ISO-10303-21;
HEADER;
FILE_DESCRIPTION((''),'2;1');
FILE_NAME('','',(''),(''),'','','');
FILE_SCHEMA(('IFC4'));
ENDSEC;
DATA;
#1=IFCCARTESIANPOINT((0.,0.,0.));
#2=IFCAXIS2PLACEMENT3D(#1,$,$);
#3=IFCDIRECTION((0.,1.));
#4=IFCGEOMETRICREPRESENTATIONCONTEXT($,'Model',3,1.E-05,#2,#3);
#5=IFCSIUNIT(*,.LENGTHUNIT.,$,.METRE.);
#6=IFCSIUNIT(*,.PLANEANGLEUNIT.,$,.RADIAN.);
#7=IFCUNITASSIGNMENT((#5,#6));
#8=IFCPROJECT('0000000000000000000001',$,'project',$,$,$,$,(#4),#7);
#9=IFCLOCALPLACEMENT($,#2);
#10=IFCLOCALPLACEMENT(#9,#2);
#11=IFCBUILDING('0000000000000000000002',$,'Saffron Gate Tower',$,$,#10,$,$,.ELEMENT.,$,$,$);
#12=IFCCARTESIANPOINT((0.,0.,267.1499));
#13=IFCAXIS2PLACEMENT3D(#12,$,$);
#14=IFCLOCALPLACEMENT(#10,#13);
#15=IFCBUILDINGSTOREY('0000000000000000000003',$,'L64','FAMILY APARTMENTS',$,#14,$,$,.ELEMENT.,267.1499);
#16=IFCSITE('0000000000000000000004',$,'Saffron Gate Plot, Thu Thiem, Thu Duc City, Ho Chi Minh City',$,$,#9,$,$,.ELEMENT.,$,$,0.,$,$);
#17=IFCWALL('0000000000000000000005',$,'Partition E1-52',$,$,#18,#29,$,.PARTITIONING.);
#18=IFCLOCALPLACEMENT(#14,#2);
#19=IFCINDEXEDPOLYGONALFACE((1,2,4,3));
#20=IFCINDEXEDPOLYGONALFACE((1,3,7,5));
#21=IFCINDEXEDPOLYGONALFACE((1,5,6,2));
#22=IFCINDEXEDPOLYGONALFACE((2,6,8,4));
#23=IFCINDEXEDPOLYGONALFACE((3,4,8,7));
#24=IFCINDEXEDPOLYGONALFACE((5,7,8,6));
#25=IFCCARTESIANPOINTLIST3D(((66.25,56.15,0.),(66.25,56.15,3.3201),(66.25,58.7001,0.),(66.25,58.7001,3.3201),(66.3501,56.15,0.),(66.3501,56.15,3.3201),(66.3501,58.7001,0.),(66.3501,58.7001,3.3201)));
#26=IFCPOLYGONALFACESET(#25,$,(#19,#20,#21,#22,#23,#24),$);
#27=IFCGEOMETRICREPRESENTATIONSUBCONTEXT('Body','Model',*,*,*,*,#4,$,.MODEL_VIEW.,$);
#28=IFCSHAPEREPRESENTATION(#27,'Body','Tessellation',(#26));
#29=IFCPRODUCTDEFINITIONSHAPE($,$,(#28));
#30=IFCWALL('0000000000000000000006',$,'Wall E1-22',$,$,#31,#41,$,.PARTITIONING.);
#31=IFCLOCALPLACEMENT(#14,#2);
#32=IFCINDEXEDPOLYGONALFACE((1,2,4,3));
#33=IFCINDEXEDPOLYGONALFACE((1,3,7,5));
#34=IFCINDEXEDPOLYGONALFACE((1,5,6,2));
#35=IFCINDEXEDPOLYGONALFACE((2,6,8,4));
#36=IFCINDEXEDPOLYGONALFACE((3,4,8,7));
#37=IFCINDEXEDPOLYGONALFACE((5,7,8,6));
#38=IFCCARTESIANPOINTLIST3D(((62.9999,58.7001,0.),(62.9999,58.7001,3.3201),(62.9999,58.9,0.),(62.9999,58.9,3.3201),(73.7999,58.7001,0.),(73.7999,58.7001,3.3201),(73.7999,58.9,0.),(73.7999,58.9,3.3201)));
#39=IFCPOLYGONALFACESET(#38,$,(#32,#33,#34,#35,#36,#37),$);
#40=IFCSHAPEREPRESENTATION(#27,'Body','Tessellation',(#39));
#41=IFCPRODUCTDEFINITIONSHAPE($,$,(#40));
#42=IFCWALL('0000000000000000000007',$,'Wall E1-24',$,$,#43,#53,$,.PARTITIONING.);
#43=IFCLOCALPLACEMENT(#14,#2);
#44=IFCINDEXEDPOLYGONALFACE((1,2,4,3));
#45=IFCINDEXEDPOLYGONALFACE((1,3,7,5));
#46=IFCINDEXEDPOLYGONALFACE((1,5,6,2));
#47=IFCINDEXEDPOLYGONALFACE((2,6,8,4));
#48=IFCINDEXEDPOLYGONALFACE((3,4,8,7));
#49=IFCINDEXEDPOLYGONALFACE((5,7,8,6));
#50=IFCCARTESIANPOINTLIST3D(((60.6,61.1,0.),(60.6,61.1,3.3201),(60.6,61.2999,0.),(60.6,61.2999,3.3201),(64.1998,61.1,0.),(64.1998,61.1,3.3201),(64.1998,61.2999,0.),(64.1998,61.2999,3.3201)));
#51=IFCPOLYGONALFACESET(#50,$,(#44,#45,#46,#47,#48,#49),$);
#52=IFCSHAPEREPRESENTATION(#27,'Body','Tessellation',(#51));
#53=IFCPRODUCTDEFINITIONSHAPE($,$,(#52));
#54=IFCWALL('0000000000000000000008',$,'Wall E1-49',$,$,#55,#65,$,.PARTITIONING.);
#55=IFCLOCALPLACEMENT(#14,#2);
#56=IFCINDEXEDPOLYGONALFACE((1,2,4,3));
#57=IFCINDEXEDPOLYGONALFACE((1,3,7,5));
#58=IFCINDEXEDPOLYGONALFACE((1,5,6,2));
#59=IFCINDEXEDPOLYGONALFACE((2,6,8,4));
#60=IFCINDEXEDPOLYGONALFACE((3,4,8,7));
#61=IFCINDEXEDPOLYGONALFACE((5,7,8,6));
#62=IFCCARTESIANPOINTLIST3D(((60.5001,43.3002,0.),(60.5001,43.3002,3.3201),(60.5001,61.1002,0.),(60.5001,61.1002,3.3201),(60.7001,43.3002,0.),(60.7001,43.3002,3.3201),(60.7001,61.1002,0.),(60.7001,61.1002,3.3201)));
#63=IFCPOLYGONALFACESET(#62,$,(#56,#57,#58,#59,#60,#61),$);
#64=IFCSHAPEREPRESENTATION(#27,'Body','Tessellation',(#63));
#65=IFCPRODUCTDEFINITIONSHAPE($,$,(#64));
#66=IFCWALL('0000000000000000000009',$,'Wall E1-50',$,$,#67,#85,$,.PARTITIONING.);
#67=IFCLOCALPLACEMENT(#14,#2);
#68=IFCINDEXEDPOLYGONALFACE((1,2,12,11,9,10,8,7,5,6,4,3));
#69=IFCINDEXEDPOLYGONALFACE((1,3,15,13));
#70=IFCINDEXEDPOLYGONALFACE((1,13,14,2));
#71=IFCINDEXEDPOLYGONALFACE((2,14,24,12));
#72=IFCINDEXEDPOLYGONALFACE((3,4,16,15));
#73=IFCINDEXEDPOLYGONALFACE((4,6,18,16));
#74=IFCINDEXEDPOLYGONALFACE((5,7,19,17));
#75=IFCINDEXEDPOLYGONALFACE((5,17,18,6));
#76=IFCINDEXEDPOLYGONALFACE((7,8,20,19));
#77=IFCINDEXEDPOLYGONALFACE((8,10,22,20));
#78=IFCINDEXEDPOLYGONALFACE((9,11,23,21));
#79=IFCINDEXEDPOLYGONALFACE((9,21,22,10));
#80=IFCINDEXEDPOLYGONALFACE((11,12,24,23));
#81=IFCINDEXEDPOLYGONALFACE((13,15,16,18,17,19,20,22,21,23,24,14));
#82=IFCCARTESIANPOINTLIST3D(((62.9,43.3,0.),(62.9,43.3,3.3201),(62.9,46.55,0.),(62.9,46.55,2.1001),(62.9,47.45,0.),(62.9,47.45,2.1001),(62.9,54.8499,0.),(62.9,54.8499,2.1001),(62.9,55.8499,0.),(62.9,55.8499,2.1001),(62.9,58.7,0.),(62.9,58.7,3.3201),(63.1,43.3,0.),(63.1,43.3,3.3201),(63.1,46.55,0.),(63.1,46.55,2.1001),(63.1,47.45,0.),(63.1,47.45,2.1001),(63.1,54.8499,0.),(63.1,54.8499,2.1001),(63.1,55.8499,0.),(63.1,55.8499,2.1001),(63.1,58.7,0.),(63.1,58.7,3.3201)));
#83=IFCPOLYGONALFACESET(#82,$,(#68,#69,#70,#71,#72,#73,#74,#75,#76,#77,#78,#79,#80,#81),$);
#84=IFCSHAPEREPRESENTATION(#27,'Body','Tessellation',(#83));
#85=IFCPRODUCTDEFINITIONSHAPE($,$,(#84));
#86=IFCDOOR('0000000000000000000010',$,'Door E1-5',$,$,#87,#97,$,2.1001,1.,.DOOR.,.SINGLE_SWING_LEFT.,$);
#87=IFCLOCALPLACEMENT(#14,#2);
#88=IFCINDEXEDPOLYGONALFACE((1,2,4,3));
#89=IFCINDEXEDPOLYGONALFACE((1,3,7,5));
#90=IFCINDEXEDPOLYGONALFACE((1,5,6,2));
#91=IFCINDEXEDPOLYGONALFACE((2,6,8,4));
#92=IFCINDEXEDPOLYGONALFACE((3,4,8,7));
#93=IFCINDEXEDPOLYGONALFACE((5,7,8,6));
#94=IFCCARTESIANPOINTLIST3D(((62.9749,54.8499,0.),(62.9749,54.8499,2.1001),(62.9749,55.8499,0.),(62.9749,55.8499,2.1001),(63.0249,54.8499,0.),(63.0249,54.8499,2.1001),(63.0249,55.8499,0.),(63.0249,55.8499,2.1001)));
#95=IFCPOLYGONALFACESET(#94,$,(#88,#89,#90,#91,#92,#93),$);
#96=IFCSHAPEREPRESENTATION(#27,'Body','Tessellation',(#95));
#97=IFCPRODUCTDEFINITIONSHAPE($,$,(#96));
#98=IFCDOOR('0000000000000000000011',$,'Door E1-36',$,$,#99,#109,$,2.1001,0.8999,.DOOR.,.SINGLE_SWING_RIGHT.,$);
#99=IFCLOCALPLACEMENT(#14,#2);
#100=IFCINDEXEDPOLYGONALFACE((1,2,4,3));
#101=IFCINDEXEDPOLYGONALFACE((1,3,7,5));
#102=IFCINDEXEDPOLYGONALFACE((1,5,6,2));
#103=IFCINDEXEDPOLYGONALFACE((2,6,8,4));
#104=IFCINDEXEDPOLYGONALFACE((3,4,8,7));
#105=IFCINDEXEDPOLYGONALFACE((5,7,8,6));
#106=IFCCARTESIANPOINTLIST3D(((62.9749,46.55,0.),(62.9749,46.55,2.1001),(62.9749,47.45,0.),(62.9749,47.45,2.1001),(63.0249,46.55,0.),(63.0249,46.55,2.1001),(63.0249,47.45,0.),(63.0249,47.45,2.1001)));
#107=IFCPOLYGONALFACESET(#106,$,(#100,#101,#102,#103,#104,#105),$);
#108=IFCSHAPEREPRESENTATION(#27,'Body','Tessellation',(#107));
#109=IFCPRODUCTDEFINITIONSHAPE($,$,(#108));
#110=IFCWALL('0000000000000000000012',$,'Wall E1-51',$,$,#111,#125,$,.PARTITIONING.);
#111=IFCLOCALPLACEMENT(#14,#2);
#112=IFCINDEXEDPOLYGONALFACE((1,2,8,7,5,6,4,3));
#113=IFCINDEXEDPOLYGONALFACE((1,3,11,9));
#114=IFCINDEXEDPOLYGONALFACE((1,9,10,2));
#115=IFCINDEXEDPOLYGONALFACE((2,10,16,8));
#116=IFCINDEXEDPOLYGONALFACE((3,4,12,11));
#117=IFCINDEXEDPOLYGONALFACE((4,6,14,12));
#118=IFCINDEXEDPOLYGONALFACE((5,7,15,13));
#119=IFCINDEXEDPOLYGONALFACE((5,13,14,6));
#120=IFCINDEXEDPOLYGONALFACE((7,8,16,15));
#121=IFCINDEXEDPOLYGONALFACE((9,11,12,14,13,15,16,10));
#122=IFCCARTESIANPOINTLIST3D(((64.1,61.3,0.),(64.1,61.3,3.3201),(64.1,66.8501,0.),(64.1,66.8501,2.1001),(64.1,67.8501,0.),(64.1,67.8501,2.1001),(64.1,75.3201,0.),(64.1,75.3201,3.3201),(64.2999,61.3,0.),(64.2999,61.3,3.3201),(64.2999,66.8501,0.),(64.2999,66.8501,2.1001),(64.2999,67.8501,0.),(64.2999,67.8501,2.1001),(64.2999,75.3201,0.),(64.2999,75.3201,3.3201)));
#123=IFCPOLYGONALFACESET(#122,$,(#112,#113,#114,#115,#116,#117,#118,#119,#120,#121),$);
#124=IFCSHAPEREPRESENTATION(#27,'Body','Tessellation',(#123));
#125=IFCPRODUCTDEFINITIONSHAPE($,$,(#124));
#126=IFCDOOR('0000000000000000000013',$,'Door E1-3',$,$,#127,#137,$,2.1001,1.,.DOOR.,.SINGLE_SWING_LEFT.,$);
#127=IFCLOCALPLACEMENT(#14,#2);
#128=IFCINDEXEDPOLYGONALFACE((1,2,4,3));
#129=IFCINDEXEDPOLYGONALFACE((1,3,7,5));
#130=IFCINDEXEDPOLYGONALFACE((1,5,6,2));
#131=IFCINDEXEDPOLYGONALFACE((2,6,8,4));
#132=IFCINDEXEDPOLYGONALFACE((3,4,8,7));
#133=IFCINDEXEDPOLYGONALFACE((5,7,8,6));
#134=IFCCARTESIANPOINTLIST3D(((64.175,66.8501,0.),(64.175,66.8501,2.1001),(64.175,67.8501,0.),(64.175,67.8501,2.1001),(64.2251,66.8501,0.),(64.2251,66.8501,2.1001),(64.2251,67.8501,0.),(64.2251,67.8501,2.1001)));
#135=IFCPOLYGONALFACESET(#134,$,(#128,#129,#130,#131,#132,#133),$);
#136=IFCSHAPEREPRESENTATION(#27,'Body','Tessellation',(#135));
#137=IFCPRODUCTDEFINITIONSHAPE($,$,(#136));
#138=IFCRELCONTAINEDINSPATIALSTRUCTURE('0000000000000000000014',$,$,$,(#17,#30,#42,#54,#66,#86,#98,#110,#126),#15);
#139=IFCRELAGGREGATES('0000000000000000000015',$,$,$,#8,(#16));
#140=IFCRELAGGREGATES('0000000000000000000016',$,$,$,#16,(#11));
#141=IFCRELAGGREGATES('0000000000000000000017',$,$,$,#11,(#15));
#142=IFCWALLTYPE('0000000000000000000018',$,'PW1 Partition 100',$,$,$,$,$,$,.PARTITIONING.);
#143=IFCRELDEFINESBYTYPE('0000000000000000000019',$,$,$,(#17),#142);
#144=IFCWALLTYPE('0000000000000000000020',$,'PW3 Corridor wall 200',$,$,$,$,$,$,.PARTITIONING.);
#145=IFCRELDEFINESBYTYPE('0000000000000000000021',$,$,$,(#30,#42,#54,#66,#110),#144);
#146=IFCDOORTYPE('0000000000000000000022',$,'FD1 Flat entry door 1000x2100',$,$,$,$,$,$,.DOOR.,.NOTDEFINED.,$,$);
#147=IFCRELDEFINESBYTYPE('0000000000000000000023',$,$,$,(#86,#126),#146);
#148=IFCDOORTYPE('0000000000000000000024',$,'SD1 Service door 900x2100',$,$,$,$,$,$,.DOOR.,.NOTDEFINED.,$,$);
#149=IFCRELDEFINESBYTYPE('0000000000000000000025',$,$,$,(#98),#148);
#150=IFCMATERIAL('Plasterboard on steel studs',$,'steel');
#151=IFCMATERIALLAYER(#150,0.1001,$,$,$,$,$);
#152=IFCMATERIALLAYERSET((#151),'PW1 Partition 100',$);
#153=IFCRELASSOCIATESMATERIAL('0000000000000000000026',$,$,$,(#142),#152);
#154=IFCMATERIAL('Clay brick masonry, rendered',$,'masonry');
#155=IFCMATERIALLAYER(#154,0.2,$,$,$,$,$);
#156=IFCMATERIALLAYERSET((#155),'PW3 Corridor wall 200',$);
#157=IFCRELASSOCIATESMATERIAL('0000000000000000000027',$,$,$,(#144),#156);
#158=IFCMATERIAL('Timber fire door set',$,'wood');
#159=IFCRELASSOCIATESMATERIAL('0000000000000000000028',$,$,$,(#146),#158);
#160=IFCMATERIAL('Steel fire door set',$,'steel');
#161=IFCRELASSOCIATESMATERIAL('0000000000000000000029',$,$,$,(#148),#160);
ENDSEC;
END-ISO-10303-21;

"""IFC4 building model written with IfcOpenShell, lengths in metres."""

from ifc_helpers import new_model, si_unit, direction, frame, frame_2d, origin, place, context, subcontext, project, spatial, rectangle, extrude, material, layer, layer_set, type_object, element, fill, save


model = new_model("IFC4")

# Units and contexts
model_context = context("Model", 3, precision=1e-05, world=origin(), true_north=direction((0.0, 1.0)))
body_context = subcontext(model_context, "Body", "Model", "MODEL_VIEW")
ifc_project = project(units=[si_unit("LENGTHUNIT", "METRE"), si_unit("PLANEANGLEUNIT", "RADIAN")], contexts=[model_context])

# Site, building, storey
site_placement = place(None, origin())
site = spatial("IfcSite", under=ifc_project, at=site_placement, Name="Saffron Gate Plot, Thu Thiem, Thu Duc City, Ho Chi Minh City", CompositionType="ELEMENT", RefElevation=0.0)
building_placement = place(site_placement, origin())
building = spatial("IfcBuilding", under=site, at=building_placement, Name="Saffron Gate Tower", CompositionType="ELEMENT")
storey_placement = place(building_placement, frame((0.0, 0.0, 267.1499)))
storey = spatial("IfcBuildingStorey", under=building, at=storey_placement, Name="L64", Description="FAMILY APARTMENTS", CompositionType="ELEMENT", Elevation=267.1499)

# Shared definitions
ifc_material_1 = material(Name="Steel fire door set", Category="steel")
ifc_material_2 = material(Name="Plasterboard on steel studs", Category="steel")
ifc_layer_1 = layer(ifc_material_2, 0.1001)
ifc_layer_set_1 = layer_set([ifc_layer_1], Name="PW1 Partition 100")
wall_type_1 = type_object("IfcWallType", Name="PW1 Partition 100", PredefinedType="PARTITIONING", material=ifc_layer_set_1)

# Walls
wall_1_placement = place(storey_placement, frame((66.3, 58.7, 0.0), z_axis=(0.0, 0.0, 1.0), x_axis=(0.0, -1.0, 0.0)))
element("IfcWall", 1, at=wall_1_placement, inside=storey, type_object=wall_type_1, Name="Partition E1-52", PredefinedType="PARTITIONING", context=body_context, shape_type="SweptSolid", body=[
    extrude(rectangle(XDim=2.55, YDim=0.1001, at=frame_2d((1.2749, 0.0))), origin(), (0.0, 0.0, 1.0), 3.3201),
])
ifc_material_3 = material(Name="Clay brick masonry, rendered", Category="masonry")
ifc_layer_2 = layer(ifc_material_3, 0.2)
ifc_layer_set_2 = layer_set([ifc_layer_2], Name="PW3 Corridor wall 200")
wall_type_2 = type_object("IfcWallType", Name="PW3 Corridor wall 200", PredefinedType="PARTITIONING", material=ifc_layer_set_2)
wall_2_placement = place(storey_placement, frame((63.0, 58.8, 0.0), z_axis=(0.0, 0.0, 1.0), x_axis=(1.0, 0.0, 0.0)))
element("IfcWall", 2, at=wall_2_placement, inside=storey, type_object=wall_type_2, Name="Wall E1-22", PredefinedType="PARTITIONING", context=body_context, shape_type="SweptSolid", body=[
    extrude(rectangle(XDim=10.8, YDim=0.2, at=frame_2d((5.3999, 0.0))), origin(), (0.0, 0.0, 1.0), 3.3201),
])
wall_3_placement = place(storey_placement, frame((60.6001, 61.2, 0.0), z_axis=(0.0, 0.0, 1.0), x_axis=(1.0, 0.0, 0.0)))
element("IfcWall", 3, at=wall_3_placement, inside=storey, type_object=wall_type_2, Name="Wall E1-24", PredefinedType="PARTITIONING", context=body_context, shape_type="SweptSolid", body=[
    extrude(rectangle(XDim=3.5999, YDim=0.2, at=frame_2d((1.7998, 0.0))), origin(), (0.0, 0.0, 1.0), 3.3201),
])
wall_4_placement = place(storey_placement, frame((60.6001, 61.1001, 0.0), z_axis=(0.0, 0.0, 1.0), x_axis=(0.0, -1.0, 0.0)))
element("IfcWall", 4, at=wall_4_placement, inside=storey, type_object=wall_type_2, Name="Wall E1-49", PredefinedType="PARTITIONING", context=body_context, shape_type="SweptSolid", body=[
    extrude(rectangle(XDim=17.8, YDim=0.2, at=frame_2d((8.8999, 0.0))), origin(), (0.0, 0.0, 1.0), 3.3201),
])

# Wall, openings, doors
wall_5_placement = place(storey_placement, frame((63.0, 58.7, 0.0), z_axis=(0.0, 0.0, 1.0), x_axis=(0.0, -1.0, 0.0)))
wall_5 = element("IfcWall", 5, at=wall_5_placement, inside=storey, type_object=wall_type_2, Name="Wall E1-50", PredefinedType="PARTITIONING", context=body_context, shape_type="SweptSolid", body=[
    extrude(rectangle(XDim=15.3999, YDim=0.2, at=frame_2d((7.7, 0.0))), origin(), (0.0, 0.0, 1.0), 3.3201),
])
opening_1_placement = place(wall_5_placement, frame((2.8501, 0.0, 0.0)))
opening_1 = element("IfcOpeningElement", 6, at=opening_1_placement, cuts=wall_5, PredefinedType="OPENING", context=body_context, shape_type="SweptSolid", body=[
    extrude(rectangle(XDim=1.0, YDim=2.1001, at=frame_2d((0.5, 1.05))), frame((0.0, 0.1099, 0.0), z_axis=(0.0, -1.0, 0.0), x_axis=(1.0, 0.0, 0.0)), (0.0, 0.0, 1.0), 0.22),
])
opening_2_placement = place(wall_5_placement, frame((11.25, 0.0, 0.0)))
opening_2 = element("IfcOpeningElement", 7, at=opening_2_placement, cuts=wall_5, PredefinedType="OPENING", context=body_context, shape_type="SweptSolid", body=[
    extrude(rectangle(XDim=0.8999, YDim=2.1001, at=frame_2d((0.45, 1.05))), frame((0.0, 0.1099, 0.0), z_axis=(0.0, -1.0, 0.0), x_axis=(1.0, 0.0, 0.0)), (0.0, 0.0, 1.0), 0.22),
])
ifc_material_4 = material(Name="Timber fire door set", Category="wood")
door_type_1 = type_object("IfcDoorType", Name="FD1 Flat entry door 1000x2100", OperationType="NOTDEFINED", PredefinedType="DOOR", material=ifc_material_4)
door_1_placement = place(opening_1_placement, origin())
door_1 = element("IfcDoor", 8, at=door_1_placement, inside=storey, type_object=door_type_1, Name="Door E1-5", OperationType="SINGLE_SWING_LEFT", OverallHeight=2.1001, OverallWidth=1.0, PredefinedType="DOOR", context=body_context, shape_type="SweptSolid", body=[
    extrude(rectangle(XDim=1.0, YDim=2.1001, at=frame_2d((0.5, 1.05))), frame((0.0, 0.0249, 0.0), z_axis=(0.0, -1.0, 0.0), x_axis=(1.0, 0.0, 0.0)), (0.0, 0.0, 1.0), 0.05),
])
fill(opening_1, door_1)
door_type_2 = type_object("IfcDoorType", Name="SD1 Service door 900x2100", OperationType="NOTDEFINED", PredefinedType="DOOR", material=ifc_material_1)
door_2_placement = place(opening_2_placement, origin())
door_2 = element("IfcDoor", 9, at=door_2_placement, inside=storey, type_object=door_type_2, Name="Door E1-36", OperationType="SINGLE_SWING_RIGHT", OverallHeight=2.1001, OverallWidth=0.8999, PredefinedType="DOOR", context=body_context, shape_type="SweptSolid", body=[
    extrude(rectangle(XDim=0.8999, YDim=2.1001, at=frame_2d((0.45, 1.05))), frame((0.0, 0.0249, 0.0), z_axis=(0.0, -1.0, 0.0), x_axis=(1.0, 0.0, 0.0)), (0.0, 0.0, 1.0), 0.05),
])
fill(opening_2, door_2)

# Wall, opening, door
wall_6_placement = place(storey_placement, frame((64.2, 61.3, 0.0), z_axis=(0.0, 0.0, 1.0), x_axis=(0.0, 1.0, 0.0)))
wall_6 = element("IfcWall", 10, at=wall_6_placement, inside=storey, type_object=wall_type_2, Name="Wall E1-51", PredefinedType="PARTITIONING", context=body_context, shape_type="SweptSolid", body=[
    extrude(rectangle(XDim=14.02, YDim=0.2, at=frame_2d((7.01, 0.0))), origin(), (0.0, 0.0, 1.0), 3.3201),
])
opening_3_placement = place(wall_6_placement, frame((5.55, 0.0, 0.0)))
opening_3 = element("IfcOpeningElement", 11, at=opening_3_placement, cuts=wall_6, PredefinedType="OPENING", context=body_context, shape_type="SweptSolid", body=[
    extrude(rectangle(XDim=1.0, YDim=2.1001, at=frame_2d((0.5, 1.05))), frame((0.0, 0.1099, 0.0), z_axis=(0.0, -1.0, 0.0), x_axis=(1.0, 0.0, 0.0)), (0.0, 0.0, 1.0), 0.22),
])
door_3_placement = place(opening_3_placement, origin())
door_3 = element("IfcDoor", 12, at=door_3_placement, inside=storey, type_object=door_type_1, Name="Door E1-3", OperationType="SINGLE_SWING_LEFT", OverallHeight=2.1001, OverallWidth=1.0, PredefinedType="DOOR", context=body_context, shape_type="SweptSolid", body=[
    extrude(rectangle(XDim=1.0, YDim=2.1001, at=frame_2d((0.5, 1.05))), frame((0.0, 0.0249, 0.0), z_axis=(0.0, -1.0, 0.0), x_axis=(1.0, 0.0, 0.0)), (0.0, 0.0, 1.0), 0.05),
])
fill(opening_3, door_3)

save(model, "model.ifc")
